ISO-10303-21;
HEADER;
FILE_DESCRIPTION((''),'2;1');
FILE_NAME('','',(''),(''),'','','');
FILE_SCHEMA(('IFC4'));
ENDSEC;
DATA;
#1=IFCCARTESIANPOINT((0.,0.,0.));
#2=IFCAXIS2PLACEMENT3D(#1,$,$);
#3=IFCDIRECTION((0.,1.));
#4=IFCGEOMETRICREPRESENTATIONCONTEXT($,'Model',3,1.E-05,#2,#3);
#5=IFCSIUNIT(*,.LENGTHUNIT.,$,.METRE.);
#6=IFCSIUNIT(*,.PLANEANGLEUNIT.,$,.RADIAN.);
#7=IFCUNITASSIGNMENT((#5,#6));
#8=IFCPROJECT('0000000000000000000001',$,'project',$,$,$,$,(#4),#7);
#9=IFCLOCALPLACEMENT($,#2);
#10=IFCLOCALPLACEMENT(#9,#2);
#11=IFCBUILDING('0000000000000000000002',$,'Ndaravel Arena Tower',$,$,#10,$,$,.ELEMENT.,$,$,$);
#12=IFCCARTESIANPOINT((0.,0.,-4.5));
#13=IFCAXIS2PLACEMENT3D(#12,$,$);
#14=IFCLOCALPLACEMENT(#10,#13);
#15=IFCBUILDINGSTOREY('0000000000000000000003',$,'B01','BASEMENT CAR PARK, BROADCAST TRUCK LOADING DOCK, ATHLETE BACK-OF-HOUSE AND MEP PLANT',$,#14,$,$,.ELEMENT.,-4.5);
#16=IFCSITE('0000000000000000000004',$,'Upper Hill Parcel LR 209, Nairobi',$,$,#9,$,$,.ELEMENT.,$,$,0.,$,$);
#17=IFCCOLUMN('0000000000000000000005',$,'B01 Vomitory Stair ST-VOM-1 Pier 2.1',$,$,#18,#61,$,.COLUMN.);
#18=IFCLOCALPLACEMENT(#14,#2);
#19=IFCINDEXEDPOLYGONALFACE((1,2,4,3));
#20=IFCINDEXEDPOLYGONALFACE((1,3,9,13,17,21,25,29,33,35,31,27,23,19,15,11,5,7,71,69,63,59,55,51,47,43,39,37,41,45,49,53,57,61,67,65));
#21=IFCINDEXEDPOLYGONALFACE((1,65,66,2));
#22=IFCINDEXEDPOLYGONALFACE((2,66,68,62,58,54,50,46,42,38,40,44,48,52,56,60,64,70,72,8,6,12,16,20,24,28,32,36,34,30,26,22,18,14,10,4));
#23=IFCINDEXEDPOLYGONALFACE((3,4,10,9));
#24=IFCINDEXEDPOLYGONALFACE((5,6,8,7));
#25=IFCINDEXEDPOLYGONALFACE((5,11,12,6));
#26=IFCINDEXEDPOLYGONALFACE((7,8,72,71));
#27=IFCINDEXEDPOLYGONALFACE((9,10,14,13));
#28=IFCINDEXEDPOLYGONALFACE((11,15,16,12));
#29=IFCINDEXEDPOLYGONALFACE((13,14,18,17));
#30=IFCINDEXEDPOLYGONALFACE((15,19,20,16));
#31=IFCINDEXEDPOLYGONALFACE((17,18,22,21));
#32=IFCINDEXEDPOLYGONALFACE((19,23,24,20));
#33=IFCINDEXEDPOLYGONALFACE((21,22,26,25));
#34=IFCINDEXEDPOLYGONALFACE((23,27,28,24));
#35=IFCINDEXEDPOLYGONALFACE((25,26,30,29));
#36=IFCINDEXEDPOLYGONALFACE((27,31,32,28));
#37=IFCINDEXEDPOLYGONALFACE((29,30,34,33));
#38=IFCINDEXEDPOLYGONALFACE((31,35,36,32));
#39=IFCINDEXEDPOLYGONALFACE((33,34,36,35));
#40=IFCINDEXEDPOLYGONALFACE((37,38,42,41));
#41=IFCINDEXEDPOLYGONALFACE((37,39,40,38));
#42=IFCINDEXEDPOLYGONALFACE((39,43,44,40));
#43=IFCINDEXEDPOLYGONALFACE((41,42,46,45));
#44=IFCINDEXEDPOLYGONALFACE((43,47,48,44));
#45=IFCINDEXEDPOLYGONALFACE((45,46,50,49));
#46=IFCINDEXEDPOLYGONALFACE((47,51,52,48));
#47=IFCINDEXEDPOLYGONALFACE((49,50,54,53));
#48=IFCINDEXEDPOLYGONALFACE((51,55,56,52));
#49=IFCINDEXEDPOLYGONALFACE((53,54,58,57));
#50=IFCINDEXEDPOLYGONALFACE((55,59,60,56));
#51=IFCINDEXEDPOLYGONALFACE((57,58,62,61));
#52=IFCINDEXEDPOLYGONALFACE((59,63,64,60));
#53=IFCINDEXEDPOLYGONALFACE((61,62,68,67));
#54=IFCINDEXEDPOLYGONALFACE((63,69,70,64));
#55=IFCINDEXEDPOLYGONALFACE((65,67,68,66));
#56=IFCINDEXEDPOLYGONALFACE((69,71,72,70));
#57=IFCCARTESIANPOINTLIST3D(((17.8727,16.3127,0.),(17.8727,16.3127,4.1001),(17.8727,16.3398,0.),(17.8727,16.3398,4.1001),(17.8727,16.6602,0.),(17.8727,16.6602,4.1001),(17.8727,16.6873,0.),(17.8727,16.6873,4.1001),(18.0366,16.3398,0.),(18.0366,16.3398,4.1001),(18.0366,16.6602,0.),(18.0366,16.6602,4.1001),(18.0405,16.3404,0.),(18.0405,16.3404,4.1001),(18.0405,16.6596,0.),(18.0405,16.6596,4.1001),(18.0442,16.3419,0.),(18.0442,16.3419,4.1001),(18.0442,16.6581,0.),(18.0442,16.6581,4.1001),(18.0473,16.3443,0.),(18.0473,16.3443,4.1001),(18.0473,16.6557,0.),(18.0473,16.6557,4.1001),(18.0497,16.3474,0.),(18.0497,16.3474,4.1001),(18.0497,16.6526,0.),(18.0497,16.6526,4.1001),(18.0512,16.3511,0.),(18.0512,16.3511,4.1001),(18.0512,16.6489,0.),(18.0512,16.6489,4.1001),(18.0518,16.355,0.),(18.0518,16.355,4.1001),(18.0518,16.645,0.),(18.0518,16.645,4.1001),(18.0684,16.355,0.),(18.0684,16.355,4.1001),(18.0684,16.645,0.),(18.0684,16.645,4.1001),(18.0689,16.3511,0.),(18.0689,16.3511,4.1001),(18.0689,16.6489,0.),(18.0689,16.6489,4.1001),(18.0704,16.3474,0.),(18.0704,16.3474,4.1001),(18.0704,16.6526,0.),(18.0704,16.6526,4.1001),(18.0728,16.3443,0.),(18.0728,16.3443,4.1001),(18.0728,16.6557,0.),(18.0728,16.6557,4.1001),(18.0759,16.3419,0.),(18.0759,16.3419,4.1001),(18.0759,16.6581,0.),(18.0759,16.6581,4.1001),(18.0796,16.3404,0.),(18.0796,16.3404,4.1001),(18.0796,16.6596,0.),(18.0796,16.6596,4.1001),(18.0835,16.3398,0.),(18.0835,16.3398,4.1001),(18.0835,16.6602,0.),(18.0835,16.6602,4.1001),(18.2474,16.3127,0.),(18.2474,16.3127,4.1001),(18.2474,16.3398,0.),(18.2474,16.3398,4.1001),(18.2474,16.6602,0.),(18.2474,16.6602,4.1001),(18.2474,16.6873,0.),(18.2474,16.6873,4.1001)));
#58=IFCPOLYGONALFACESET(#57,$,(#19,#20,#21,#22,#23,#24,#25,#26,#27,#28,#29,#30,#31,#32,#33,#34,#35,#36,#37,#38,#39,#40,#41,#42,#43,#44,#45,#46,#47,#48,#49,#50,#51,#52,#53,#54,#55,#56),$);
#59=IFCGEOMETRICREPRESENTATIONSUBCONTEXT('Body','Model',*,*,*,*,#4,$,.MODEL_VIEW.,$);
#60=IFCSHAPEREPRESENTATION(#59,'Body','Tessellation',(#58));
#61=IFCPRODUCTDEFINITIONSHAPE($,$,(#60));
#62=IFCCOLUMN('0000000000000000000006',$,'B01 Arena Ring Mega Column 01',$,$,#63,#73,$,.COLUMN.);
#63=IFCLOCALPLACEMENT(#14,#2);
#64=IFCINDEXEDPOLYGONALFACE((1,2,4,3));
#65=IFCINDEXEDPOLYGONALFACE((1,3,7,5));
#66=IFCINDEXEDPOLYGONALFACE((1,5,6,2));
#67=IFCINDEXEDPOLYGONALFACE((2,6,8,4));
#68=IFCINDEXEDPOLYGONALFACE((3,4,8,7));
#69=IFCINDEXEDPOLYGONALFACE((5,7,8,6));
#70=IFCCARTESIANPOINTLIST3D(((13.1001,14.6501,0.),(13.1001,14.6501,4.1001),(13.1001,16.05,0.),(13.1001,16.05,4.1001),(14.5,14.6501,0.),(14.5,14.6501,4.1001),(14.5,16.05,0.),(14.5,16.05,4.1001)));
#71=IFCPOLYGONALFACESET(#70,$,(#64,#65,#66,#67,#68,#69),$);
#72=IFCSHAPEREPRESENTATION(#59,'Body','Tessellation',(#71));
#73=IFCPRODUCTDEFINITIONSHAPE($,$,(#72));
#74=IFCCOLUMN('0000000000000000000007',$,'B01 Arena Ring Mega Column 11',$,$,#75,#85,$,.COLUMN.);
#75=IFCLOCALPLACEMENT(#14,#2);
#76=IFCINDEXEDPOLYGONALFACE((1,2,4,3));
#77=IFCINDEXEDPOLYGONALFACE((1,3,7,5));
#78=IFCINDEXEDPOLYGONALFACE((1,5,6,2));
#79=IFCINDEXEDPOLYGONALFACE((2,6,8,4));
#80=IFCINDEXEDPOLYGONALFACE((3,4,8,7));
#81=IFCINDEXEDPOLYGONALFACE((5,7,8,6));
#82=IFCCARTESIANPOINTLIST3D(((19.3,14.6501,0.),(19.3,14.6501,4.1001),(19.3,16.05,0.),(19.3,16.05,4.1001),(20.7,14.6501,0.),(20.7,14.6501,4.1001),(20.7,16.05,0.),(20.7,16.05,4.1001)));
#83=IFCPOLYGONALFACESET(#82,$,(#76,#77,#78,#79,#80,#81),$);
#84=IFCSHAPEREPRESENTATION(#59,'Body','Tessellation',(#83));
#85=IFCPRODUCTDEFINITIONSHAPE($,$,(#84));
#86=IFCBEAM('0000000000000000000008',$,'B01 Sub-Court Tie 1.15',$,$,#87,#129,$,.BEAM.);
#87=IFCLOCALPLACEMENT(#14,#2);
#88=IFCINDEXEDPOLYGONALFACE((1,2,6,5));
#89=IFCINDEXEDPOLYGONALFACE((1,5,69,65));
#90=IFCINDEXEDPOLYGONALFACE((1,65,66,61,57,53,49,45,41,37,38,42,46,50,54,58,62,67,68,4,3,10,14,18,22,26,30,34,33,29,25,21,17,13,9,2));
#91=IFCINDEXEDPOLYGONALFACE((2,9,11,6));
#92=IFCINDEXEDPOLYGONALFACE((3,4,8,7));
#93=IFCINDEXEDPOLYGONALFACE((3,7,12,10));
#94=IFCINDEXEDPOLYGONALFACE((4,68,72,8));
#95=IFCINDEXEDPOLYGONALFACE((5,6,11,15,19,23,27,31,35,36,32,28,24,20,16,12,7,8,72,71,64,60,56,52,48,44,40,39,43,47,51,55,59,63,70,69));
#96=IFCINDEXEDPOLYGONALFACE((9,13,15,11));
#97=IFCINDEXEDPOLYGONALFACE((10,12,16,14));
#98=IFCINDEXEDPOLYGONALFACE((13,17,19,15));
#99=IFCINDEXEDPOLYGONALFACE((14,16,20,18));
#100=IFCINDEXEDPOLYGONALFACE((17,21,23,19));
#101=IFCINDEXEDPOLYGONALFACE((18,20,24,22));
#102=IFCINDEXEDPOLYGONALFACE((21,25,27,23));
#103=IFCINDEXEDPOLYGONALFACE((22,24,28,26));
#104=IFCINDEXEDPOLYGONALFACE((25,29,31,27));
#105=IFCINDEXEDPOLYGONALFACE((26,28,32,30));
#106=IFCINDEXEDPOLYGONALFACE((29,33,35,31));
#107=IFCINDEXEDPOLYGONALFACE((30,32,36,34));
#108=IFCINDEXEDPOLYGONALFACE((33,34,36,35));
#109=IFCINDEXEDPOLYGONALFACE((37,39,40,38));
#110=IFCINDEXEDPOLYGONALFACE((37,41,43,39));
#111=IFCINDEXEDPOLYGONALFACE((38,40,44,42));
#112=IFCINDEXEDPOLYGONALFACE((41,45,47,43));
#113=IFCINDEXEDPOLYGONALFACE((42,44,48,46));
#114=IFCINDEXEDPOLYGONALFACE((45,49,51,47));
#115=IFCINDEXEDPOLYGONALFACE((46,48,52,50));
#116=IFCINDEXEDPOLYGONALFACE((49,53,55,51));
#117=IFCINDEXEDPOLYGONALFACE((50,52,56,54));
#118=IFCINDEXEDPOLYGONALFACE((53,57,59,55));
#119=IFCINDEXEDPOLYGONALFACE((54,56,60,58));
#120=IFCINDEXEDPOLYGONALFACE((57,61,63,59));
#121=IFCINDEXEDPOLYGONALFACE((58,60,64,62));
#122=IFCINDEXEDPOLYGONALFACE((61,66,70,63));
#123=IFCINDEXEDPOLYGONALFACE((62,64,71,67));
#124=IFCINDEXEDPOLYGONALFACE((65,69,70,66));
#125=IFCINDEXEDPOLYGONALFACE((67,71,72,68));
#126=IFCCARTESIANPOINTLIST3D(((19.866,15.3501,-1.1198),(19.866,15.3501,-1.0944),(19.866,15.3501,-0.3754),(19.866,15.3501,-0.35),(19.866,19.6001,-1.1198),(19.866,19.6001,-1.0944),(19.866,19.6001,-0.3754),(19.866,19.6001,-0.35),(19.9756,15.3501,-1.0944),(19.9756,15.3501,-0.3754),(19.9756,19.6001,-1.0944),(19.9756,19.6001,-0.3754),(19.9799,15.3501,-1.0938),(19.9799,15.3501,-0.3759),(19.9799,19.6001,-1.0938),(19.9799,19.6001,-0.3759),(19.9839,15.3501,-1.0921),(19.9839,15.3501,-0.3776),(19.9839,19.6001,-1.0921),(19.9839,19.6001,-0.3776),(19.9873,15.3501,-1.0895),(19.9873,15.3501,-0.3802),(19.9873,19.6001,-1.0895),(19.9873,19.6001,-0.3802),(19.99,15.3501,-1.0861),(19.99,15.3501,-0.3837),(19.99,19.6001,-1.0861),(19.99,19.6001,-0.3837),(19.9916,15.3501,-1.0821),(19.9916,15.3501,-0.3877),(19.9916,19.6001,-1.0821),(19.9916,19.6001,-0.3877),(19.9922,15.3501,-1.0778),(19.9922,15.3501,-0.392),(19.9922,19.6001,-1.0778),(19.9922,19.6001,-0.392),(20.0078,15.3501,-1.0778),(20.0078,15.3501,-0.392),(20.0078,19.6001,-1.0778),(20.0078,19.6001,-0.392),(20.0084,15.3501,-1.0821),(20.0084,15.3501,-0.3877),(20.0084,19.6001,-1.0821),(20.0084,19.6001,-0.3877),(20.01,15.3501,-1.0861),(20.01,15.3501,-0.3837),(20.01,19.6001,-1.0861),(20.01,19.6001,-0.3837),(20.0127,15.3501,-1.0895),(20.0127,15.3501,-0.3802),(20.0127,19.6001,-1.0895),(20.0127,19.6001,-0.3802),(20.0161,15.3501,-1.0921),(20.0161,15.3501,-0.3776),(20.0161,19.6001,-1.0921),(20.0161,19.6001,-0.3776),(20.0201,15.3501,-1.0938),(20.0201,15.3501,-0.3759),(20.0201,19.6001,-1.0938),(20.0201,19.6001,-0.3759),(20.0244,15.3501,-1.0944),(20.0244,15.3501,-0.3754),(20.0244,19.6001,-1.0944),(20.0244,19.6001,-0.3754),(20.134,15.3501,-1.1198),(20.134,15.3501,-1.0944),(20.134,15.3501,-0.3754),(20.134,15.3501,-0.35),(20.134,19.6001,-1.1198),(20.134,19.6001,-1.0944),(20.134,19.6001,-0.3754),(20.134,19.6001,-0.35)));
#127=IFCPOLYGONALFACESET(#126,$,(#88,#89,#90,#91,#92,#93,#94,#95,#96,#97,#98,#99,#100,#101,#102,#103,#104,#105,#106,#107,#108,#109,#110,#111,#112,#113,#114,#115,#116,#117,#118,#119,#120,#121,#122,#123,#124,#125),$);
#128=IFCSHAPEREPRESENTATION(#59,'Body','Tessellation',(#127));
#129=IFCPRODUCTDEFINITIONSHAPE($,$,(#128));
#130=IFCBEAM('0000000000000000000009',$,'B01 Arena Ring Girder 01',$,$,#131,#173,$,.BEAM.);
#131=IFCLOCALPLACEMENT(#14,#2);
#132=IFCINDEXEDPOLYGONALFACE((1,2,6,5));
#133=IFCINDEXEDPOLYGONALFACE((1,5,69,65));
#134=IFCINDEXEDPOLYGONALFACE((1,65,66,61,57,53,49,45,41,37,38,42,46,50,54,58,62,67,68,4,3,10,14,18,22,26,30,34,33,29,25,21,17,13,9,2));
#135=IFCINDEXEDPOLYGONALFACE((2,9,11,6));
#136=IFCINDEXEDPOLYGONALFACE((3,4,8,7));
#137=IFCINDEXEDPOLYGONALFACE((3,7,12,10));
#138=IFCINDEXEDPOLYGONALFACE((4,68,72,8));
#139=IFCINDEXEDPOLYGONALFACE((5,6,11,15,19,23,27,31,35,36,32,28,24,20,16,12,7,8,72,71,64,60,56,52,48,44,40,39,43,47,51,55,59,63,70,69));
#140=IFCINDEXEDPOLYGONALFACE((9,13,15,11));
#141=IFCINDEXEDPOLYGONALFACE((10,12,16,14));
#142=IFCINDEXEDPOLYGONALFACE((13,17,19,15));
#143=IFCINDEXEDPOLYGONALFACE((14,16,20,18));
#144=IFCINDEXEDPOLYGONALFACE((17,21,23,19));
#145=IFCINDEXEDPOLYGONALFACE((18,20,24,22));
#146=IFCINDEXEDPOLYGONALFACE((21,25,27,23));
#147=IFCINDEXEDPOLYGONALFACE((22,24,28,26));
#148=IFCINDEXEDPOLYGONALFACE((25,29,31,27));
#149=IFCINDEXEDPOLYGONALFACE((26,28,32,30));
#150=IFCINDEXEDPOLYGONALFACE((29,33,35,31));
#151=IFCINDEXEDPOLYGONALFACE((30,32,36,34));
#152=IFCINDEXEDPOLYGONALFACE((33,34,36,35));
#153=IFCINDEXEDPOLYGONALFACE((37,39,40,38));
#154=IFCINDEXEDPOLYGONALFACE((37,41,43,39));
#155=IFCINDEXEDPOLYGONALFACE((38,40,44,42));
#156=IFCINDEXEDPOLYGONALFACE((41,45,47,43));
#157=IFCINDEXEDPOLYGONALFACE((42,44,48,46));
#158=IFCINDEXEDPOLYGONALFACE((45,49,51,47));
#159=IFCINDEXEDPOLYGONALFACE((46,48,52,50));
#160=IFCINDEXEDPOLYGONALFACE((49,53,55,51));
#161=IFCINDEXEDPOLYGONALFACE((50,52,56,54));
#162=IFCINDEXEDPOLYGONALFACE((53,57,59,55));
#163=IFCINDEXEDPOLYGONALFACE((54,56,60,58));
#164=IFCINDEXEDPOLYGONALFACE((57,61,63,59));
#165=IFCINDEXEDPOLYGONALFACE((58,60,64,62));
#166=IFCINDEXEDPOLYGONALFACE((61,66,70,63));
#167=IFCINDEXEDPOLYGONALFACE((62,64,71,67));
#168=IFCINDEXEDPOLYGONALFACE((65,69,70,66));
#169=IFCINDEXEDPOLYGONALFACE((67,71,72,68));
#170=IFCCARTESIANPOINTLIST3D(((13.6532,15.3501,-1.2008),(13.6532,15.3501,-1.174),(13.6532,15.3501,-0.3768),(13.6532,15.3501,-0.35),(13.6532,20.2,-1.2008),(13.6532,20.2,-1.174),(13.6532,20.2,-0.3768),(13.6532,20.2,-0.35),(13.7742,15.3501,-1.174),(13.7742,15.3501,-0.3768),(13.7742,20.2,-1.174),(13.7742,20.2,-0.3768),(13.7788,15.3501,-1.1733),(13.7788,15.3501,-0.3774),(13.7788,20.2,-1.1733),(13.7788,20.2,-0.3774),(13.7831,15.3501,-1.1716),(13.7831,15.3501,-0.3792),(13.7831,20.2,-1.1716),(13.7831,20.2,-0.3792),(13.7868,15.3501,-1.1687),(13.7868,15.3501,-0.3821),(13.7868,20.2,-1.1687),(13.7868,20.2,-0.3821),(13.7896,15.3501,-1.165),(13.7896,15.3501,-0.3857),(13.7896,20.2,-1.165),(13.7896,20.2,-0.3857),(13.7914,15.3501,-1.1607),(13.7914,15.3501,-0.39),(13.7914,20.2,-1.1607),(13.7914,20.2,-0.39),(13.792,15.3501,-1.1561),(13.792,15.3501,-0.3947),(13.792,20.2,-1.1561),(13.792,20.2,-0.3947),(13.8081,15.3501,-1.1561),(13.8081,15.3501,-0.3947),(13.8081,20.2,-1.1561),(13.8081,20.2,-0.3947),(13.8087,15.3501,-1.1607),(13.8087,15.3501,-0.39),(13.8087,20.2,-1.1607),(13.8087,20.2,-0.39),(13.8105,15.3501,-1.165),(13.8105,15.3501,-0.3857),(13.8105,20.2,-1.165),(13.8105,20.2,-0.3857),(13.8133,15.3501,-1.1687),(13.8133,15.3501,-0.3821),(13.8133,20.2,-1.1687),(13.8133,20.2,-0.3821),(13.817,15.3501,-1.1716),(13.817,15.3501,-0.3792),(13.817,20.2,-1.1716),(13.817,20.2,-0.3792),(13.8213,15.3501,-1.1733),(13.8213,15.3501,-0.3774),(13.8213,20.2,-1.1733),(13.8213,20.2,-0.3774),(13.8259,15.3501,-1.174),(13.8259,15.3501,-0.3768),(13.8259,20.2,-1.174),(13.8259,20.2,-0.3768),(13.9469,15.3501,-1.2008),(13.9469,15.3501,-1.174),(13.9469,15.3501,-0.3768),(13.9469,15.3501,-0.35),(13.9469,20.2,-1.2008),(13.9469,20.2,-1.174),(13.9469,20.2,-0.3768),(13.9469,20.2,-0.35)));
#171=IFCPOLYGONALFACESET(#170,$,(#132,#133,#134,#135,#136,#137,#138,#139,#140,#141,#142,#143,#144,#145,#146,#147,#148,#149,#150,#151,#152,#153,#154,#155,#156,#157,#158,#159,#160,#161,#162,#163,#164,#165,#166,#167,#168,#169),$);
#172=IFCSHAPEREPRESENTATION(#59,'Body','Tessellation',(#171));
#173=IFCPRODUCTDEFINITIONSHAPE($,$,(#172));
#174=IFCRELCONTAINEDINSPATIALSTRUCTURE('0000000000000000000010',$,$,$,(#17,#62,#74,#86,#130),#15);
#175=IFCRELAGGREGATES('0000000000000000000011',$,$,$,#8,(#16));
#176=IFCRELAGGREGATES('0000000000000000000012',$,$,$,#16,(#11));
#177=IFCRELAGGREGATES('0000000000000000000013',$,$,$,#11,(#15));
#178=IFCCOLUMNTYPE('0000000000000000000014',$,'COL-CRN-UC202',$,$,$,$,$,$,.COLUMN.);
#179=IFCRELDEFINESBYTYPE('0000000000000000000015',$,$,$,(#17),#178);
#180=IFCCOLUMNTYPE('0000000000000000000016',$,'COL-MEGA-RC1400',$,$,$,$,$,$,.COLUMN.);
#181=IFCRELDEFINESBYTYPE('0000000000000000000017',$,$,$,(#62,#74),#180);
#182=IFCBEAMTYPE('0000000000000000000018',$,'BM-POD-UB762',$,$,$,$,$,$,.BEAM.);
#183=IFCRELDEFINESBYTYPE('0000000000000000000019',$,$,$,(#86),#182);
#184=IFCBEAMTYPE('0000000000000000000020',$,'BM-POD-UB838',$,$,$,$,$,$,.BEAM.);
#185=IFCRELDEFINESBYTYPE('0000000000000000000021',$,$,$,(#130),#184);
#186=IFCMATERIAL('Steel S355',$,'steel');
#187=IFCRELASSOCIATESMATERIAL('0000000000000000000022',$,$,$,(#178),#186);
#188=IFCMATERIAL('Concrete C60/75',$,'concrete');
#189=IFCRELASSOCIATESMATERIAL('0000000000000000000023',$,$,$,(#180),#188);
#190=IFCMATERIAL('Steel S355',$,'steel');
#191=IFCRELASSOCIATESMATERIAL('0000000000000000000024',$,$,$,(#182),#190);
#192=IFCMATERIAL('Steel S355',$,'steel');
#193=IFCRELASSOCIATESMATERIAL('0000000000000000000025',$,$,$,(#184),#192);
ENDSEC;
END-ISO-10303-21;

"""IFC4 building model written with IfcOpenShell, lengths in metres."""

from ifc_helpers import new_model, si_unit, direction, frame, origin, origin_2d, place, context, subcontext, project, spatial, rectangle, i_section, extrude, material, material_profile, profile_set, type_object, element, save


model = new_model("IFC4")

# Units and contexts
model_context = context("Model", 3, precision=1e-05, world=origin(), true_north=direction((0.0, 1.0)))
body_context = subcontext(model_context, "Body", "Model", "MODEL_VIEW")
ifc_project = project(units=[si_unit("LENGTHUNIT", "METRE"), si_unit("PLANEANGLEUNIT", "RADIAN")], contexts=[model_context])

# Site, building, storey
site_placement = place(None, origin())
site = spatial("IfcSite", under=ifc_project, at=site_placement, Name="Upper Hill Parcel LR 209, Nairobi", CompositionType="ELEMENT", RefElevation=0.0)
building_placement = place(site_placement, origin())
building = spatial("IfcBuilding", under=site, at=building_placement, Name="Ndaravel Arena Tower", CompositionType="ELEMENT")
storey_placement = place(building_placement, frame((0.0, 0.0, -4.5)))
storey = spatial("IfcBuildingStorey", under=building, at=storey_placement, Name="B01", Description="BASEMENT CAR PARK, BROADCAST TRUCK LOADING DOCK, ATHLETE BACK-OF-HOUSE AND MEP PLANT", CompositionType="ELEMENT", Elevation=-4.5)

# Columns
ifc_material_1 = material(Name="Steel S355", Category="steel")
ifc_material_profile_1 = material_profile(ifc_material_1, i_section(OverallWidth=0.3748, OverallDepth=0.3745, WebThickness=0.0166, FlangeThickness=0.0271, FilletRadius=0.0151, at=origin_2d()), Name="UC 356x368x202")
ifc_profile_set_1 = profile_set([ifc_material_profile_1], Name="Steel S355")
column_type_1 = type_object("IfcColumnType", Name="COL-CRN-UC202", PredefinedType="COLUMN", material=ifc_profile_set_1)
for number, where, z_axis, x_axis, name in (
    (1, (18.0601, 16.5, 0.0), (0.0, 0.0, 1.0), (1.0, 0.0, 0.0), "B01 Vomitory Stair ST-VOM-1 Pier 2.1"),
):
    element("IfcColumn", number, at=place(storey_placement, frame(where, z_axis=z_axis, x_axis=x_axis)), inside=storey, type_object=column_type_1, Name=name, PredefinedType="COLUMN", context=body_context, shape_type="SweptSolid", body=[
        extrude(i_section(OverallWidth=0.3748, OverallDepth=0.3745, WebThickness=0.0166, FlangeThickness=0.0271, FilletRadius=0.0151, at=origin_2d()), origin(), (0.0, 0.0, 1.0), 4.1001),
    ])
ifc_material_2 = material(Name="Concrete C60/75", Category="concrete")
ifc_material_profile_2 = material_profile(ifc_material_2, rectangle(XDim=1.3999, YDim=1.3999, at=origin_2d()), Name="RC 1400x1400")
ifc_profile_set_2 = profile_set([ifc_material_profile_2], Name="Concrete C60/75")
column_type_2 = type_object("IfcColumnType", Name="COL-MEGA-RC1400", PredefinedType="COLUMN", material=ifc_profile_set_2)
for number, where, z_axis, x_axis, name in (
    (2, (13.8, 15.3501, 0.0), (0.0, 0.0, 1.0), (1.0, 0.0, 0.0), "B01 Arena Ring Mega Column 01"),
    (3, (20.0, 15.3501, 0.0), (0.0, 0.0, 1.0), (1.0, 0.0, 0.0), "B01 Arena Ring Mega Column 11"),
):
    element("IfcColumn", number, at=place(storey_placement, frame(where, z_axis=z_axis, x_axis=x_axis)), inside=storey, type_object=column_type_2, Name=name, PredefinedType="COLUMN", context=body_context, shape_type="SweptSolid", body=[
        extrude(rectangle(XDim=1.3999, YDim=1.3999, at=origin_2d()), origin(), (0.0, 0.0, 1.0), 4.1001),
    ])

# Beams
ifc_material_3 = material(Name="Steel S355", Category="steel")
ifc_material_profile_3 = material_profile(ifc_material_3, i_section(OverallWidth=0.2681, OverallDepth=0.7698, WebThickness=0.0156, FlangeThickness=0.0254, FilletRadius=0.0166, at=origin_2d()), Name="UB 762x267x197")
ifc_profile_set_3 = profile_set([ifc_material_profile_3], Name="Steel S355")
beam_type_1 = type_object("IfcBeamType", Name="BM-POD-UB762", PredefinedType="BEAM", material=ifc_profile_set_3)
beam_1_placement = place(storey_placement, frame((20.0, 15.3501, -0.7349), z_axis=(0.0, 1.0, 0.0), x_axis=(-1.0, 0.0, 0.0)))
element("IfcBeam", 4, at=beam_1_placement, inside=storey, type_object=beam_type_1, Name="B01 Sub-Court Tie 1.15", PredefinedType="BEAM", context=body_context, shape_type="SweptSolid", body=[
    extrude(i_section(OverallWidth=0.2681, OverallDepth=0.7698, WebThickness=0.0156, FlangeThickness=0.0254, FilletRadius=0.0166, at=origin_2d()), origin(), (0.0, 0.0, 1.0), 4.25),
])
ifc_material_4 = material(Name="Steel S355", Category="steel")
ifc_material_profile_4 = material_profile(ifc_material_4, i_section(OverallWidth=0.2937, OverallDepth=0.8508, WebThickness=0.0161, FlangeThickness=0.0269, FilletRadius=0.0178, at=origin_2d()), Name="UB 838x292x226")
ifc_profile_set_4 = profile_set([ifc_material_profile_4], Name="Steel S355")
beam_type_2 = type_object("IfcBeamType", Name="BM-POD-UB838", PredefinedType="BEAM", material=ifc_profile_set_4)
beam_2_placement = place(storey_placement, frame((13.8, 15.3501, -0.7754), z_axis=(0.0, 1.0, 0.0), x_axis=(-1.0, 0.0, 0.0)))
element("IfcBeam", 5, at=beam_2_placement, inside=storey, type_object=beam_type_2, Name="B01 Arena Ring Girder 01", PredefinedType="BEAM", context=body_context, shape_type="SweptSolid", body=[
    extrude(i_section(OverallWidth=0.2937, OverallDepth=0.8508, WebThickness=0.0161, FlangeThickness=0.0269, FilletRadius=0.0178, at=origin_2d()), origin(), (0.0, 0.0, 1.0), 4.8499),
])

save(model, "model.ifc")
